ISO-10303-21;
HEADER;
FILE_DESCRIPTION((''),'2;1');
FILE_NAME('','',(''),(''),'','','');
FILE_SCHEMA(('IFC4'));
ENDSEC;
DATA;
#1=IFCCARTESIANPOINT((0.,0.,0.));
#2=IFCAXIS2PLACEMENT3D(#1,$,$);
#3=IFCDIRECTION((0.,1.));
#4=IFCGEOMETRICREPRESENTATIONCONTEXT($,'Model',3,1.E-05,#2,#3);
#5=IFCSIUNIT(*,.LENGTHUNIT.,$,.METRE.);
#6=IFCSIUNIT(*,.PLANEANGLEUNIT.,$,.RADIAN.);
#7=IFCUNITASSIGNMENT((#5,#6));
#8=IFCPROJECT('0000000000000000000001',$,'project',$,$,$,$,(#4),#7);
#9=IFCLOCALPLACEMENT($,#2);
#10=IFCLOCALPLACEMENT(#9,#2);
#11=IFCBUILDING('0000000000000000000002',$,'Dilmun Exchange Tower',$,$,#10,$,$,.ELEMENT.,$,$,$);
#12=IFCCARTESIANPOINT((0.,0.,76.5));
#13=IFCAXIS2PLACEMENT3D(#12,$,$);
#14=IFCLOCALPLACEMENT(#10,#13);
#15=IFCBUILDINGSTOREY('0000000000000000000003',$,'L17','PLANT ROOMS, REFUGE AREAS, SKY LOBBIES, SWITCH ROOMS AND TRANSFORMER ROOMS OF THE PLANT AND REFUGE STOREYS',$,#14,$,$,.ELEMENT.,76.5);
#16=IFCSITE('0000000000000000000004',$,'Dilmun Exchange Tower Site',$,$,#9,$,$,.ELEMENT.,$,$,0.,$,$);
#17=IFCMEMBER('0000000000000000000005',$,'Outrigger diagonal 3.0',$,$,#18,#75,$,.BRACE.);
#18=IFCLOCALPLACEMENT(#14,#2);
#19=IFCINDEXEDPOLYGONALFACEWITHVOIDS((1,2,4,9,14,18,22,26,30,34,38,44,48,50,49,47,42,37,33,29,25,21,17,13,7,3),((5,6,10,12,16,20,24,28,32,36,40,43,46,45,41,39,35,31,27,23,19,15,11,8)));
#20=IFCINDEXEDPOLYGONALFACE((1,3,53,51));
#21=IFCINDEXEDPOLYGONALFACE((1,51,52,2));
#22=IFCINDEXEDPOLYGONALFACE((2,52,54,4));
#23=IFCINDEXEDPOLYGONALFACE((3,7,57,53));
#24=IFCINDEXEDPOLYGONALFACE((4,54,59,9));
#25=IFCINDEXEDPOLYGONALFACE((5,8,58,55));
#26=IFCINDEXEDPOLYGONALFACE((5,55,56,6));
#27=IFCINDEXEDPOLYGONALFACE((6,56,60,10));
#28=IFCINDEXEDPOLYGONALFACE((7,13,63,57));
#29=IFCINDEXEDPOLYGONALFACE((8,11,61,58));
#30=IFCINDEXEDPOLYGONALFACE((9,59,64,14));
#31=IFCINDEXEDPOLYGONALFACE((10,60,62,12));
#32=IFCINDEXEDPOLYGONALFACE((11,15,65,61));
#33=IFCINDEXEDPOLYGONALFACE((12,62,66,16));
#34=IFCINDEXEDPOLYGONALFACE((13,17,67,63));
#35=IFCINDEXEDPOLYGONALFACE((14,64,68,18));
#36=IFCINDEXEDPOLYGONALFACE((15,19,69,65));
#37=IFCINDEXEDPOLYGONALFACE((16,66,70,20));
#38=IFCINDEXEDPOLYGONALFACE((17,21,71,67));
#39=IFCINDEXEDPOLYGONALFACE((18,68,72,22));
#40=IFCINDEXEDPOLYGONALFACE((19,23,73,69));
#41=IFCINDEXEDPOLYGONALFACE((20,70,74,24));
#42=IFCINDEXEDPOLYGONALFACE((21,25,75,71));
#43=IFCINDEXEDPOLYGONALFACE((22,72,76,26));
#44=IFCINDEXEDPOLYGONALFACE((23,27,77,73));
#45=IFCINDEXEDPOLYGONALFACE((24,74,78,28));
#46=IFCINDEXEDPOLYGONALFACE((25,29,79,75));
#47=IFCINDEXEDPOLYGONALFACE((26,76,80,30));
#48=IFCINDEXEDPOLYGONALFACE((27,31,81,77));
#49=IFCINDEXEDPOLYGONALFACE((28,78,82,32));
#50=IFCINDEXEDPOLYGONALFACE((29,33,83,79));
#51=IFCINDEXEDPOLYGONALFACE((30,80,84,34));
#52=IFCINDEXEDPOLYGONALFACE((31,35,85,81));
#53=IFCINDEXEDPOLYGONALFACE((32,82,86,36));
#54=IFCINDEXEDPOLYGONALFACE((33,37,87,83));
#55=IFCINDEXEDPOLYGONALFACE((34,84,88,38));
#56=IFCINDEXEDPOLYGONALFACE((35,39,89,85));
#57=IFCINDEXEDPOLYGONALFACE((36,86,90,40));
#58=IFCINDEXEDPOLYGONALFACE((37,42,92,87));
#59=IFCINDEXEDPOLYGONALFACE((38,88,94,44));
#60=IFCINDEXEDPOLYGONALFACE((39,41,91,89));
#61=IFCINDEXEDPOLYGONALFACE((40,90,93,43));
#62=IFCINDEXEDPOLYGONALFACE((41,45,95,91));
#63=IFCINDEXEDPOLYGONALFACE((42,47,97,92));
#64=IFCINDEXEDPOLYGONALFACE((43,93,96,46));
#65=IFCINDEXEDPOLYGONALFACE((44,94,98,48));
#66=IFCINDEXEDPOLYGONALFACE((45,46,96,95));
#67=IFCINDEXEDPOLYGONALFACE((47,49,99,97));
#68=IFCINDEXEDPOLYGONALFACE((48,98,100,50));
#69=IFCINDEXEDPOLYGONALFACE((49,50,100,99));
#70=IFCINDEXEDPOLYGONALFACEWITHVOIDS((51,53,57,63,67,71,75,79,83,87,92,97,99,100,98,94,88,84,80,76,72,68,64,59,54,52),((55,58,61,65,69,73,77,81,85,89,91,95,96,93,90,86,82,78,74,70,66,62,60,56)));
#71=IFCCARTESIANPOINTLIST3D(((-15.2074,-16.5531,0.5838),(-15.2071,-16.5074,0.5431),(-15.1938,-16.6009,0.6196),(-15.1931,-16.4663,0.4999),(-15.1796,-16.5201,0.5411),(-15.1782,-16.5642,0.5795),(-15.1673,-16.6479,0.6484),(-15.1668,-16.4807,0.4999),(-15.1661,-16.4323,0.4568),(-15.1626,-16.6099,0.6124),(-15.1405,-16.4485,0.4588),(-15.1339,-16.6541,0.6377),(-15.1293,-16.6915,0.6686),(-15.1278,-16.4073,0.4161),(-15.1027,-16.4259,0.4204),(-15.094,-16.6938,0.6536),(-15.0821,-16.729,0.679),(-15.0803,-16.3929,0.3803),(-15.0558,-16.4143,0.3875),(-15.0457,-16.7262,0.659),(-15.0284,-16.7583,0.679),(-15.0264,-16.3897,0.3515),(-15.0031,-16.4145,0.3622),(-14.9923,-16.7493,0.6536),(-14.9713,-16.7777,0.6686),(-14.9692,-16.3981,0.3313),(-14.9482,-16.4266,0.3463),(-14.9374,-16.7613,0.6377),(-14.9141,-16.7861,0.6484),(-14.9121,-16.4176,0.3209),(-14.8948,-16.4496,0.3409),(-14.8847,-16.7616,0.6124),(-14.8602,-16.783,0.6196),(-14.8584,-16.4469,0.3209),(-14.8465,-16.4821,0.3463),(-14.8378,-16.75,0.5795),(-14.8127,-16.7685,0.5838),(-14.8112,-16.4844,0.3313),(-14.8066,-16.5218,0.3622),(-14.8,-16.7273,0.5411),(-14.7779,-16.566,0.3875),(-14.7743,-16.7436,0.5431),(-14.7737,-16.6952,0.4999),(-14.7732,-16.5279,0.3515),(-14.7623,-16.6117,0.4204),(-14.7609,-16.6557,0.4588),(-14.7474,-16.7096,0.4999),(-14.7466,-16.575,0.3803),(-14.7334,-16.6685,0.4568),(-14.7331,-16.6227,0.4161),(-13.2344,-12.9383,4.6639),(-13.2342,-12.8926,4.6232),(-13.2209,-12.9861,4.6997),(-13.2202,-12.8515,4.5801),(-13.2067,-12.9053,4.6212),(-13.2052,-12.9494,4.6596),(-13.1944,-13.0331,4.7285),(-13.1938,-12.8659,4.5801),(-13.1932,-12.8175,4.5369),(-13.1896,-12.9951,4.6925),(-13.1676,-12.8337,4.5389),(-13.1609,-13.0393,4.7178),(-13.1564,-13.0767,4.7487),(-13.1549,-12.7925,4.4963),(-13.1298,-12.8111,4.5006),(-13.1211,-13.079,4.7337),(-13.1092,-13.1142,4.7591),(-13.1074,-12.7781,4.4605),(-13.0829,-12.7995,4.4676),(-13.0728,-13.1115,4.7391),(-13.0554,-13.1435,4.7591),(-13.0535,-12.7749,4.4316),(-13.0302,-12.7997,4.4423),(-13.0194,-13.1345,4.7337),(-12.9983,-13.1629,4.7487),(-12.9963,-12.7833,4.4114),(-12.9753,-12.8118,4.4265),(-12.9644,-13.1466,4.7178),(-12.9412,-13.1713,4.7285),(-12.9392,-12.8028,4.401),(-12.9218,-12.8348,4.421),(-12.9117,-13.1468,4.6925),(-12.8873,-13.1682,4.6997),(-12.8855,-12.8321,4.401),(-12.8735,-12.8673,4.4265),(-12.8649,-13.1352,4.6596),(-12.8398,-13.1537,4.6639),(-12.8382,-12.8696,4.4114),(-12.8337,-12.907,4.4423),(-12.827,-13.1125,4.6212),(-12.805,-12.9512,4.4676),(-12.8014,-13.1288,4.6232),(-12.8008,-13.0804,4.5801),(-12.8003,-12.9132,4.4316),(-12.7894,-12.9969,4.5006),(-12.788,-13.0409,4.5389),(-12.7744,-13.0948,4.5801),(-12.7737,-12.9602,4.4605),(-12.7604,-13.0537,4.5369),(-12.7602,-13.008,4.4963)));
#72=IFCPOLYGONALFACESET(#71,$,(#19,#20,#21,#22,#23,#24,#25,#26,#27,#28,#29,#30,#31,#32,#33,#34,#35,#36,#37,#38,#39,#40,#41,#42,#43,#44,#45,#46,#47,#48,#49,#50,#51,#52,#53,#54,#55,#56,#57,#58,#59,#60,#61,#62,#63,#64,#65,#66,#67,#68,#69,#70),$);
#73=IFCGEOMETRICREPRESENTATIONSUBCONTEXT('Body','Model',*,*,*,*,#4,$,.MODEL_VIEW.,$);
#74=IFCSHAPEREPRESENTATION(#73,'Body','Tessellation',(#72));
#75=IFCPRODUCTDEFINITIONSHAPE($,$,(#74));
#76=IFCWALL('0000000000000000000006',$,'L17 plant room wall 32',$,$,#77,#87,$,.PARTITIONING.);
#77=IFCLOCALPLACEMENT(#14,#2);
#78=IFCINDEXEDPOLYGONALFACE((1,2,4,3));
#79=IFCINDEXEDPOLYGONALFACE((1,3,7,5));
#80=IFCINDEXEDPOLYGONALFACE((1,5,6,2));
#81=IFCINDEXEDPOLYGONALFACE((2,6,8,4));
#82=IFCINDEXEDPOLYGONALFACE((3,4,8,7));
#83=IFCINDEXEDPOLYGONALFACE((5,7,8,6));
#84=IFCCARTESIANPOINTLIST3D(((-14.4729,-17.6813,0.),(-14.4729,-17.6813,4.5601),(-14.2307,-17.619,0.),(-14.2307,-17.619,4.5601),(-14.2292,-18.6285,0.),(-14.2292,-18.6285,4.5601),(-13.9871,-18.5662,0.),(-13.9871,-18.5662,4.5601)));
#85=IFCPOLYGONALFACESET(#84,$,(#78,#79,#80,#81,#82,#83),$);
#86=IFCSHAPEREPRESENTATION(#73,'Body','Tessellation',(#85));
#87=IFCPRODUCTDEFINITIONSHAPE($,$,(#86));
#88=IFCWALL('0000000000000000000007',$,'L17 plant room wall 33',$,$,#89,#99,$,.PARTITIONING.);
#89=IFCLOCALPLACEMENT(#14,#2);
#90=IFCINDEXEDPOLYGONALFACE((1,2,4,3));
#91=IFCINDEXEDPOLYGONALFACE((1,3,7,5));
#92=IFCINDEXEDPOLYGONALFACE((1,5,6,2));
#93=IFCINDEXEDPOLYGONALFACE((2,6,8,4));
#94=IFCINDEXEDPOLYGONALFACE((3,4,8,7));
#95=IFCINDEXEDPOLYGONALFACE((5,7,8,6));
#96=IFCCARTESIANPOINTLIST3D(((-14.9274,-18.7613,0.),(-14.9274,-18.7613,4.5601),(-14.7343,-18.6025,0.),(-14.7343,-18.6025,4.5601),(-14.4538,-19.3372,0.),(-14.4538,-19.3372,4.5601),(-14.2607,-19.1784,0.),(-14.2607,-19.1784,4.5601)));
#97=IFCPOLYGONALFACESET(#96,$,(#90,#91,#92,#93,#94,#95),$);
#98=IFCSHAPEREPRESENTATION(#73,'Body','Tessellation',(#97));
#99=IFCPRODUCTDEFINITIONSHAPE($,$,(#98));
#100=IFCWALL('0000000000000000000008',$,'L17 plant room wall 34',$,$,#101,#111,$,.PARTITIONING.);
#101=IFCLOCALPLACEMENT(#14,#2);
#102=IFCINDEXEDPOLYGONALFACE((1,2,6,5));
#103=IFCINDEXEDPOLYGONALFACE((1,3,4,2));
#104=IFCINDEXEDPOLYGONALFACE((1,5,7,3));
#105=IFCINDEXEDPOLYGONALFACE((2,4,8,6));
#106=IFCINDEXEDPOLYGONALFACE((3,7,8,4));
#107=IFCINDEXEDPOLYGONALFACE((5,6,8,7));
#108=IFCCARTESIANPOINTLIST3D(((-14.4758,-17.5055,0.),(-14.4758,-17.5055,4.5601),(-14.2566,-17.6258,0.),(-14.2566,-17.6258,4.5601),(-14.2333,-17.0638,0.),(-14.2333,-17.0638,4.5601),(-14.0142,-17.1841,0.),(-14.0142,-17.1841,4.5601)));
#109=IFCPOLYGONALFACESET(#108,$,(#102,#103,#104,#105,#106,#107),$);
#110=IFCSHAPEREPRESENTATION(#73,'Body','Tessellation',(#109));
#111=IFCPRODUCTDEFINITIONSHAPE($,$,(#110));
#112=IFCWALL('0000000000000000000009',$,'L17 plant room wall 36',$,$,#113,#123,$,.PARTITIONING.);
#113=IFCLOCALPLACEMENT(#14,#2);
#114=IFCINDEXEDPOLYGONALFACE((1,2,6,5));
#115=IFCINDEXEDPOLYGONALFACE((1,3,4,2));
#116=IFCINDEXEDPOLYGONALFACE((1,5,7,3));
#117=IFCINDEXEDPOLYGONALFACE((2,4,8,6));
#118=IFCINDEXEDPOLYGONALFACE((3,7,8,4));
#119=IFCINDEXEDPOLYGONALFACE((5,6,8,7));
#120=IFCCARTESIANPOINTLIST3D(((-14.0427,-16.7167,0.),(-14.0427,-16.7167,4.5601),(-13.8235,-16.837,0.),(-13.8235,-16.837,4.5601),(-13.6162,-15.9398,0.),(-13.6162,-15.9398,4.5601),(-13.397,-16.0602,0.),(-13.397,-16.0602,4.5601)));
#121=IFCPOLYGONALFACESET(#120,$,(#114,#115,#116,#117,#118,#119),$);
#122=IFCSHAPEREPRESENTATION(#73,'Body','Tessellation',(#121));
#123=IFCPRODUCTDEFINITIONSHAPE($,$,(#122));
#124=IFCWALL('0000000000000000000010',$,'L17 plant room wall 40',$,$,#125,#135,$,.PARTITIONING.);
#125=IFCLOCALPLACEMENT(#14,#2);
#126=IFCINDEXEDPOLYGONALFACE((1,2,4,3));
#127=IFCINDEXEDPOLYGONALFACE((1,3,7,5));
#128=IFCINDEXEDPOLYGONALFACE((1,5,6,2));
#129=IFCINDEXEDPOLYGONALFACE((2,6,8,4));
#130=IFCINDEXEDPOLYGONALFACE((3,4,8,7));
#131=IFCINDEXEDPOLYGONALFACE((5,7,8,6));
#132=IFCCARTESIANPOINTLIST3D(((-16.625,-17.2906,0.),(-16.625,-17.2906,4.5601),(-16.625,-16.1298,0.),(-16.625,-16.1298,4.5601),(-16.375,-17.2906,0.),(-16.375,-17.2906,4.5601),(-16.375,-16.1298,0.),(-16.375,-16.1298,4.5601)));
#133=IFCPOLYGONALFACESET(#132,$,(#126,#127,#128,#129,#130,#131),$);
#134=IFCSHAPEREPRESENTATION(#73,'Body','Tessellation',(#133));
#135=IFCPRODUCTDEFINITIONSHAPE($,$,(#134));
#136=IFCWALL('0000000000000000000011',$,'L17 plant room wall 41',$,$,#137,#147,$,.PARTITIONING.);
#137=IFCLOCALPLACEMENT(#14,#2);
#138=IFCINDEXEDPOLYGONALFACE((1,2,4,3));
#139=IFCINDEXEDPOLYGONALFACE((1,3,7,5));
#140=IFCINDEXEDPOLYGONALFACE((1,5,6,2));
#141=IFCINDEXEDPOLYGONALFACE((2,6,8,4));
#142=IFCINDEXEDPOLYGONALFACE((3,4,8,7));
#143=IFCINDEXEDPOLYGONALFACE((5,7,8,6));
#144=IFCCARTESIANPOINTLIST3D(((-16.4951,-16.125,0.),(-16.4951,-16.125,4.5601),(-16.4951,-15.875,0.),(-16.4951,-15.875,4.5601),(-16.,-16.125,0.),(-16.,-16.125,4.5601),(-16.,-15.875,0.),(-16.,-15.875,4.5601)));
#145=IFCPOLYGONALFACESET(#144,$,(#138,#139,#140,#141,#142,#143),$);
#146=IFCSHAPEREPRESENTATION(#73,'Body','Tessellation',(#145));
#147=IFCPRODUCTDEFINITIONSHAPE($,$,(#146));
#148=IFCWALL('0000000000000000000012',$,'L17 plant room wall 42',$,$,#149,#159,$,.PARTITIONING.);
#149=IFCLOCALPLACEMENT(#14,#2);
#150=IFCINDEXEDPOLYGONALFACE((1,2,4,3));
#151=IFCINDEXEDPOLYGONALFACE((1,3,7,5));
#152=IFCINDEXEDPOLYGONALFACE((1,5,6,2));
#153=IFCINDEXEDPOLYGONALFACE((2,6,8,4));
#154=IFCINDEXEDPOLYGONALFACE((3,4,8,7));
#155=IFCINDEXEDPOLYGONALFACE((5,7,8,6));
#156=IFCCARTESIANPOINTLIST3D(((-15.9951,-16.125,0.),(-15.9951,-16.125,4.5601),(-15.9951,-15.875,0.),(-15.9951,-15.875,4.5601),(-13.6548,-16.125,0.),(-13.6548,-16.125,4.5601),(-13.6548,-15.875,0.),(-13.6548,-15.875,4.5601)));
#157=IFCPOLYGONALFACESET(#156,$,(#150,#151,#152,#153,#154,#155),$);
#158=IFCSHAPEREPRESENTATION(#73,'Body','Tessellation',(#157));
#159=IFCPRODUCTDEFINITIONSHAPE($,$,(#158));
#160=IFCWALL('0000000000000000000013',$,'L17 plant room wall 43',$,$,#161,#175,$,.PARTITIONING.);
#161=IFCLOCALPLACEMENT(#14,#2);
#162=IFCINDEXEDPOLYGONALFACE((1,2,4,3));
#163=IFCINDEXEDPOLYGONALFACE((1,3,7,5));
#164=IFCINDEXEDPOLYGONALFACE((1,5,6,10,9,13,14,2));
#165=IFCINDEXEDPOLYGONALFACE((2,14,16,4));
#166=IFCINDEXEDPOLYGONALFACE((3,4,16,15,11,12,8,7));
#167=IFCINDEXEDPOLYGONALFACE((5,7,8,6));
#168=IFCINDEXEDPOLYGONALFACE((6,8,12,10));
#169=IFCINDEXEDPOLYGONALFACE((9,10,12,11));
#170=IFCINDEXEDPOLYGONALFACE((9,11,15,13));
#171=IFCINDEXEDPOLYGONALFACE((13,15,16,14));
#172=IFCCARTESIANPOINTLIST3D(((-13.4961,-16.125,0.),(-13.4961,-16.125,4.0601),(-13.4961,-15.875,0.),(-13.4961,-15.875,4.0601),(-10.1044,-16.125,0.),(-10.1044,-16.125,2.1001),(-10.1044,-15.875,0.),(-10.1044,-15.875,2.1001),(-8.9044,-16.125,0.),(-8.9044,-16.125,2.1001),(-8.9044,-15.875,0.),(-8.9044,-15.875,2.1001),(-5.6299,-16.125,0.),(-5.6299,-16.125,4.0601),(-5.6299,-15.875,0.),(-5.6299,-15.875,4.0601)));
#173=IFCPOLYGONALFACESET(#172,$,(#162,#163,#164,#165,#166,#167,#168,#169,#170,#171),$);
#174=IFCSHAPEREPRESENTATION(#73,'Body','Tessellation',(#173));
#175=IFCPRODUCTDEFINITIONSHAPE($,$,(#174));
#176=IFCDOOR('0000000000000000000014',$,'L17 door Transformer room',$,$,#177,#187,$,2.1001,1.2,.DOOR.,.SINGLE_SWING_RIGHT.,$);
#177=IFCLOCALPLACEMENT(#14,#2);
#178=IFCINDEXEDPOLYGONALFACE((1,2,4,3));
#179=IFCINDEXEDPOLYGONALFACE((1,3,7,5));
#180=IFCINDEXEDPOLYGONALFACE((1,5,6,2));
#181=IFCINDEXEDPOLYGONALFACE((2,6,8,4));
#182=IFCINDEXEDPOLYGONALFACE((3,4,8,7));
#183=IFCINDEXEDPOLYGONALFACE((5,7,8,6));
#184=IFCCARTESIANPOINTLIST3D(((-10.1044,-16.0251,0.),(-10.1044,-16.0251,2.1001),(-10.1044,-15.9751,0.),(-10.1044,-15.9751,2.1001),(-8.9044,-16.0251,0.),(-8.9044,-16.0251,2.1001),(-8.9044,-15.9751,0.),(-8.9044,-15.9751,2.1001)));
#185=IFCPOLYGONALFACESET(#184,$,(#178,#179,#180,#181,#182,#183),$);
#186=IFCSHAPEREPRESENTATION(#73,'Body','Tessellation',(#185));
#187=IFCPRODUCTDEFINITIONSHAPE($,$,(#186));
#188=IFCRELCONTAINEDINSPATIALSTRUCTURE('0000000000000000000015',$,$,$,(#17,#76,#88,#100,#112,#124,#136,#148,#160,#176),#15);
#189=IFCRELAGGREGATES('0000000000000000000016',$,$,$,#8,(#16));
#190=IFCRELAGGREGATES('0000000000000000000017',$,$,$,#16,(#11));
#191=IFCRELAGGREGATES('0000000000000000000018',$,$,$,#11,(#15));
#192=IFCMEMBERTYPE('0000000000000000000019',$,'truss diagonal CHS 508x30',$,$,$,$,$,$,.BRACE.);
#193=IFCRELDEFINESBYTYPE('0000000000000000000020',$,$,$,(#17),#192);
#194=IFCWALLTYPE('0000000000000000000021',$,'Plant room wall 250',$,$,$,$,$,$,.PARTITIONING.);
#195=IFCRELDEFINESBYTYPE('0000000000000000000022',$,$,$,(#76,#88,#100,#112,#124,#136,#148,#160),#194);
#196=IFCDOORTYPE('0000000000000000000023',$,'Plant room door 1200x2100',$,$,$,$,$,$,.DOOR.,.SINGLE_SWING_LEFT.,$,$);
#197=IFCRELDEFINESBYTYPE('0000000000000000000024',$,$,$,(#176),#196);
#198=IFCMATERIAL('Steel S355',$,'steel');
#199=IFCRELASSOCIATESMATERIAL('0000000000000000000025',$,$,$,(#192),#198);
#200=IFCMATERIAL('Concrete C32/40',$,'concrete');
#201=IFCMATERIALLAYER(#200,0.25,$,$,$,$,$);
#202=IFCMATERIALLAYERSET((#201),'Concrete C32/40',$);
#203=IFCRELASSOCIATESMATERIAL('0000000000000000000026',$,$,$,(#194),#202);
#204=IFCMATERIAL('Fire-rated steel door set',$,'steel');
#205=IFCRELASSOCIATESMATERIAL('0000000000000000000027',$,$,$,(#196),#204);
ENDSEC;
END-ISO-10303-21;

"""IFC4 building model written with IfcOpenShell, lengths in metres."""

from ifc_helpers import new_model, si_unit, direction, frame, frame_2d, origin, origin_2d, place, context, subcontext, project, spatial, rectangle, hollow_circle, extrude, material, layer, layer_set, material_profile, profile_set, type_object, element, fill, save


model = new_model("IFC4")

# Units and contexts
model_context = context("Model", 3, precision=1e-05, world=origin(), true_north=direction((0.0, 1.0)))
body_context = subcontext(model_context, "Body", "Model", "MODEL_VIEW")
ifc_project = project(units=[si_unit("LENGTHUNIT", "METRE"), si_unit("PLANEANGLEUNIT", "RADIAN")], contexts=[model_context])

# Site, building, storey
site_placement = place(None, origin())
site = spatial("IfcSite", under=ifc_project, at=site_placement, Name="Dilmun Exchange Tower Site", CompositionType="ELEMENT", RefElevation=0.0)
building_placement = place(site_placement, origin())
building = spatial("IfcBuilding", under=site, at=building_placement, Name="Dilmun Exchange Tower", CompositionType="ELEMENT")
storey_placement = place(building_placement, frame((0.0, 0.0, 76.5)))
storey = spatial("IfcBuildingStorey", under=building, at=storey_placement, Name="L17", Description="PLANT ROOMS, REFUGE AREAS, SKY LOBBIES, SWITCH ROOMS AND TRANSFORMER ROOMS OF THE PLANT AND REFUGE STOREYS", CompositionType="ELEMENT", Elevation=76.5)

# Shared definitions
ifc_material_1 = material(Name="Steel S355", Category="steel")

# Member
ifc_material_profile_1 = material_profile(ifc_material_1, hollow_circle(Radius=0.2539, WallThickness=0.03, at=origin_2d()), Name="CHS 508x30")
ifc_profile_set_1 = profile_set([ifc_material_profile_1], Name="Steel S355")
member_type_1 = type_object("IfcMemberType", Name="truss diagonal CHS 508x30", PredefinedType="BRACE", material=ifc_profile_set_1)
member_1_placement = place(storey_placement, frame((-12.9973, -12.9731, 4.5801), z_axis=(-0.340328, -0.623549, -0.70382), x_axis=(0.877771, -0.479081, 0.0)))
element("IfcMember", 1, at=member_1_placement, inside=storey, type_object=member_type_1, Name="Outrigger diagonal 3.0", PredefinedType="BRACE", context=body_context, shape_type="SweptSolid", body=[
    extrude(hollow_circle(Radius=0.2539, WallThickness=0.03, at=origin_2d()), origin(), (0.0, 0.0, 1.0), 5.7971),
])

# Walls
ifc_material_2 = material(Name="Concrete C32/40", Category="concrete")
ifc_layer_1 = layer(ifc_material_2, 0.25)
ifc_layer_set_1 = layer_set([ifc_layer_1], Name="Concrete C32/40")
wall_type = type_object("IfcWallType", Name="Plant room wall 250", PredefinedType="PARTITIONING", material=ifc_layer_set_1)
wall_1_placement = place(storey_placement, frame((-14.3518, -17.6501, 0.0), z_axis=(0.0, 0.0, 1.0), x_axis=(0.249108, -0.968476, 0.0)))
element("IfcWall", 2, at=wall_1_placement, inside=storey, type_object=wall_type, Name="L17 plant room wall 32", PredefinedType="PARTITIONING", context=body_context, shape_type="SweptSolid", body=[
    extrude(rectangle(XDim=0.978, YDim=0.25, at=frame_2d((0.489, 0.0))), origin(), (0.0, 0.0, 1.0), 4.5601),
])
wall_2_placement = place(storey_placement, frame((-14.8308, -18.6819, 0.0), z_axis=(0.0, 0.0, 1.0), x_axis=(0.635179, -0.772365, 0.0)))
element("IfcWall", 3, at=wall_2_placement, inside=storey, type_object=wall_type, Name="L17 plant room wall 33", PredefinedType="PARTITIONING", context=body_context, shape_type="SweptSolid", body=[
    extrude(rectangle(XDim=0.7456, YDim=0.25, at=frame_2d((0.3728, 0.0))), origin(), (0.0, 0.0, 1.0), 4.5601),
])
wall_3_placement = place(storey_placement, frame((-14.3662, -17.5657, 0.0), z_axis=(0.0, 0.0, 1.0), x_axis=(0.481193, 0.876615, 0.0)))
element("IfcWall", 4, at=wall_3_placement, inside=storey, type_object=wall_type, Name="L17 plant room wall 34", PredefinedType="PARTITIONING", context=body_context, shape_type="SweptSolid", body=[
    extrude(rectangle(XDim=0.5039, YDim=0.25, at=frame_2d((0.252, 0.0))), origin(), (0.0, 0.0, 1.0), 4.5601),
])
wall_4_placement = place(storey_placement, frame((-13.9331, -16.7769, 0.0), z_axis=(0.0, 0.0, 1.0), x_axis=(0.481263, 0.876576, 0.0)))
element("IfcWall", 5, at=wall_4_placement, inside=storey, type_object=wall_type, Name="L17 plant room wall 36", PredefinedType="PARTITIONING", context=body_context, shape_type="SweptSolid", body=[
    extrude(rectangle(XDim=0.8862, YDim=0.25, at=frame_2d((0.4431, 0.0))), origin(), (0.0, 0.0, 1.0), 4.5601),
])
wall_5_placement = place(storey_placement, frame((-16.5, -17.2908, 0.0), z_axis=(0.0, 0.0, 1.0), x_axis=(0.0, 1.0, 0.0)))
element("IfcWall", 6, at=wall_5_placement, inside=storey, type_object=wall_type, Name="L17 plant room wall 40", PredefinedType="PARTITIONING", context=body_context, shape_type="SweptSolid", body=[
    extrude(rectangle(XDim=1.1609, YDim=0.25, at=frame_2d((0.5806, 0.0))), origin(), (0.0, 0.0, 1.0), 4.5601),
])
wall_6_placement = place(storey_placement, frame((-16.4951, -16.0, 0.0), z_axis=(0.0, 0.0, 1.0), x_axis=(1.0, 0.0, 0.0)))
element("IfcWall", 7, at=wall_6_placement, inside=storey, type_object=wall_type, Name="L17 plant room wall 41", PredefinedType="PARTITIONING", context=body_context, shape_type="SweptSolid", body=[
    extrude(rectangle(XDim=0.4951, YDim=0.25, at=frame_2d((0.2476, 0.0))), origin(), (0.0, 0.0, 1.0), 4.5601),
])
wall_7_placement = place(storey_placement, frame((-15.9951, -16.0, 0.0), z_axis=(0.0, 0.0, 1.0), x_axis=(1.0, 0.0, 0.0)))
element("IfcWall", 8, at=wall_7_placement, inside=storey, type_object=wall_type, Name="L17 plant room wall 42", PredefinedType="PARTITIONING", context=body_context, shape_type="SweptSolid", body=[
    extrude(rectangle(XDim=2.3403, YDim=0.25, at=frame_2d((1.1702, 0.0))), origin(), (0.0, 0.0, 1.0), 4.5601),
])

# Wall, opening, door
wall_8_placement = place(storey_placement, frame((-13.4961, -16.0, 0.0), z_axis=(0.0, 0.0, 1.0), x_axis=(1.0, 0.0, 0.0)))
wall_8 = element("IfcWall", 9, at=wall_8_placement, inside=storey, type_object=wall_type, Name="L17 plant room wall 43", PredefinedType="PARTITIONING", context=body_context, shape_type="SweptSolid", body=[
    extrude(rectangle(XDim=7.8662, YDim=0.25, at=frame_2d((3.9331, 0.0))), origin(), (0.0, 0.0, 1.0), 4.0601),
])
opening_1_placement = place(wall_8_placement, frame((3.3916, 0.0, 0.0)))
opening_1 = element("IfcOpeningElement", 10, at=opening_1_placement, cuts=wall_8, PredefinedType="OPENING", context=body_context, shape_type="SweptSolid", body=[
    extrude(rectangle(XDim=1.2, YDim=2.1001, at=frame_2d((0.6001, 1.05))), frame((0.0, 0.135, 0.0), z_axis=(0.0, -1.0, 0.0), x_axis=(1.0, 0.0, 0.0)), (0.0, 0.0, 1.0), 0.27),
])
ifc_material_3 = material(Name="Fire-rated steel door set", Category="steel")
door_type = type_object("IfcDoorType", Name="Plant room door 1200x2100", OperationType="SINGLE_SWING_LEFT", PredefinedType="DOOR", material=ifc_material_3)
door_1_placement = place(opening_1_placement, origin())
door_1 = element("IfcDoor", 11, at=door_1_placement, inside=storey, type_object=door_type, Name="L17 door Transformer room", OperationType="SINGLE_SWING_RIGHT", OverallHeight=2.1001, OverallWidth=1.2, PredefinedType="DOOR", context=body_context, shape_type="SweptSolid", body=[
    extrude(rectangle(XDim=1.2, YDim=2.1001, at=frame_2d((0.6001, 1.05))), frame((0.0, 0.0249, 0.0), z_axis=(0.0, -1.0, 0.0), x_axis=(1.0, 0.0, 0.0)), (0.0, 0.0, 1.0), 0.05),
])
fill(opening_1, door_1)

save(model, "model.ifc")
